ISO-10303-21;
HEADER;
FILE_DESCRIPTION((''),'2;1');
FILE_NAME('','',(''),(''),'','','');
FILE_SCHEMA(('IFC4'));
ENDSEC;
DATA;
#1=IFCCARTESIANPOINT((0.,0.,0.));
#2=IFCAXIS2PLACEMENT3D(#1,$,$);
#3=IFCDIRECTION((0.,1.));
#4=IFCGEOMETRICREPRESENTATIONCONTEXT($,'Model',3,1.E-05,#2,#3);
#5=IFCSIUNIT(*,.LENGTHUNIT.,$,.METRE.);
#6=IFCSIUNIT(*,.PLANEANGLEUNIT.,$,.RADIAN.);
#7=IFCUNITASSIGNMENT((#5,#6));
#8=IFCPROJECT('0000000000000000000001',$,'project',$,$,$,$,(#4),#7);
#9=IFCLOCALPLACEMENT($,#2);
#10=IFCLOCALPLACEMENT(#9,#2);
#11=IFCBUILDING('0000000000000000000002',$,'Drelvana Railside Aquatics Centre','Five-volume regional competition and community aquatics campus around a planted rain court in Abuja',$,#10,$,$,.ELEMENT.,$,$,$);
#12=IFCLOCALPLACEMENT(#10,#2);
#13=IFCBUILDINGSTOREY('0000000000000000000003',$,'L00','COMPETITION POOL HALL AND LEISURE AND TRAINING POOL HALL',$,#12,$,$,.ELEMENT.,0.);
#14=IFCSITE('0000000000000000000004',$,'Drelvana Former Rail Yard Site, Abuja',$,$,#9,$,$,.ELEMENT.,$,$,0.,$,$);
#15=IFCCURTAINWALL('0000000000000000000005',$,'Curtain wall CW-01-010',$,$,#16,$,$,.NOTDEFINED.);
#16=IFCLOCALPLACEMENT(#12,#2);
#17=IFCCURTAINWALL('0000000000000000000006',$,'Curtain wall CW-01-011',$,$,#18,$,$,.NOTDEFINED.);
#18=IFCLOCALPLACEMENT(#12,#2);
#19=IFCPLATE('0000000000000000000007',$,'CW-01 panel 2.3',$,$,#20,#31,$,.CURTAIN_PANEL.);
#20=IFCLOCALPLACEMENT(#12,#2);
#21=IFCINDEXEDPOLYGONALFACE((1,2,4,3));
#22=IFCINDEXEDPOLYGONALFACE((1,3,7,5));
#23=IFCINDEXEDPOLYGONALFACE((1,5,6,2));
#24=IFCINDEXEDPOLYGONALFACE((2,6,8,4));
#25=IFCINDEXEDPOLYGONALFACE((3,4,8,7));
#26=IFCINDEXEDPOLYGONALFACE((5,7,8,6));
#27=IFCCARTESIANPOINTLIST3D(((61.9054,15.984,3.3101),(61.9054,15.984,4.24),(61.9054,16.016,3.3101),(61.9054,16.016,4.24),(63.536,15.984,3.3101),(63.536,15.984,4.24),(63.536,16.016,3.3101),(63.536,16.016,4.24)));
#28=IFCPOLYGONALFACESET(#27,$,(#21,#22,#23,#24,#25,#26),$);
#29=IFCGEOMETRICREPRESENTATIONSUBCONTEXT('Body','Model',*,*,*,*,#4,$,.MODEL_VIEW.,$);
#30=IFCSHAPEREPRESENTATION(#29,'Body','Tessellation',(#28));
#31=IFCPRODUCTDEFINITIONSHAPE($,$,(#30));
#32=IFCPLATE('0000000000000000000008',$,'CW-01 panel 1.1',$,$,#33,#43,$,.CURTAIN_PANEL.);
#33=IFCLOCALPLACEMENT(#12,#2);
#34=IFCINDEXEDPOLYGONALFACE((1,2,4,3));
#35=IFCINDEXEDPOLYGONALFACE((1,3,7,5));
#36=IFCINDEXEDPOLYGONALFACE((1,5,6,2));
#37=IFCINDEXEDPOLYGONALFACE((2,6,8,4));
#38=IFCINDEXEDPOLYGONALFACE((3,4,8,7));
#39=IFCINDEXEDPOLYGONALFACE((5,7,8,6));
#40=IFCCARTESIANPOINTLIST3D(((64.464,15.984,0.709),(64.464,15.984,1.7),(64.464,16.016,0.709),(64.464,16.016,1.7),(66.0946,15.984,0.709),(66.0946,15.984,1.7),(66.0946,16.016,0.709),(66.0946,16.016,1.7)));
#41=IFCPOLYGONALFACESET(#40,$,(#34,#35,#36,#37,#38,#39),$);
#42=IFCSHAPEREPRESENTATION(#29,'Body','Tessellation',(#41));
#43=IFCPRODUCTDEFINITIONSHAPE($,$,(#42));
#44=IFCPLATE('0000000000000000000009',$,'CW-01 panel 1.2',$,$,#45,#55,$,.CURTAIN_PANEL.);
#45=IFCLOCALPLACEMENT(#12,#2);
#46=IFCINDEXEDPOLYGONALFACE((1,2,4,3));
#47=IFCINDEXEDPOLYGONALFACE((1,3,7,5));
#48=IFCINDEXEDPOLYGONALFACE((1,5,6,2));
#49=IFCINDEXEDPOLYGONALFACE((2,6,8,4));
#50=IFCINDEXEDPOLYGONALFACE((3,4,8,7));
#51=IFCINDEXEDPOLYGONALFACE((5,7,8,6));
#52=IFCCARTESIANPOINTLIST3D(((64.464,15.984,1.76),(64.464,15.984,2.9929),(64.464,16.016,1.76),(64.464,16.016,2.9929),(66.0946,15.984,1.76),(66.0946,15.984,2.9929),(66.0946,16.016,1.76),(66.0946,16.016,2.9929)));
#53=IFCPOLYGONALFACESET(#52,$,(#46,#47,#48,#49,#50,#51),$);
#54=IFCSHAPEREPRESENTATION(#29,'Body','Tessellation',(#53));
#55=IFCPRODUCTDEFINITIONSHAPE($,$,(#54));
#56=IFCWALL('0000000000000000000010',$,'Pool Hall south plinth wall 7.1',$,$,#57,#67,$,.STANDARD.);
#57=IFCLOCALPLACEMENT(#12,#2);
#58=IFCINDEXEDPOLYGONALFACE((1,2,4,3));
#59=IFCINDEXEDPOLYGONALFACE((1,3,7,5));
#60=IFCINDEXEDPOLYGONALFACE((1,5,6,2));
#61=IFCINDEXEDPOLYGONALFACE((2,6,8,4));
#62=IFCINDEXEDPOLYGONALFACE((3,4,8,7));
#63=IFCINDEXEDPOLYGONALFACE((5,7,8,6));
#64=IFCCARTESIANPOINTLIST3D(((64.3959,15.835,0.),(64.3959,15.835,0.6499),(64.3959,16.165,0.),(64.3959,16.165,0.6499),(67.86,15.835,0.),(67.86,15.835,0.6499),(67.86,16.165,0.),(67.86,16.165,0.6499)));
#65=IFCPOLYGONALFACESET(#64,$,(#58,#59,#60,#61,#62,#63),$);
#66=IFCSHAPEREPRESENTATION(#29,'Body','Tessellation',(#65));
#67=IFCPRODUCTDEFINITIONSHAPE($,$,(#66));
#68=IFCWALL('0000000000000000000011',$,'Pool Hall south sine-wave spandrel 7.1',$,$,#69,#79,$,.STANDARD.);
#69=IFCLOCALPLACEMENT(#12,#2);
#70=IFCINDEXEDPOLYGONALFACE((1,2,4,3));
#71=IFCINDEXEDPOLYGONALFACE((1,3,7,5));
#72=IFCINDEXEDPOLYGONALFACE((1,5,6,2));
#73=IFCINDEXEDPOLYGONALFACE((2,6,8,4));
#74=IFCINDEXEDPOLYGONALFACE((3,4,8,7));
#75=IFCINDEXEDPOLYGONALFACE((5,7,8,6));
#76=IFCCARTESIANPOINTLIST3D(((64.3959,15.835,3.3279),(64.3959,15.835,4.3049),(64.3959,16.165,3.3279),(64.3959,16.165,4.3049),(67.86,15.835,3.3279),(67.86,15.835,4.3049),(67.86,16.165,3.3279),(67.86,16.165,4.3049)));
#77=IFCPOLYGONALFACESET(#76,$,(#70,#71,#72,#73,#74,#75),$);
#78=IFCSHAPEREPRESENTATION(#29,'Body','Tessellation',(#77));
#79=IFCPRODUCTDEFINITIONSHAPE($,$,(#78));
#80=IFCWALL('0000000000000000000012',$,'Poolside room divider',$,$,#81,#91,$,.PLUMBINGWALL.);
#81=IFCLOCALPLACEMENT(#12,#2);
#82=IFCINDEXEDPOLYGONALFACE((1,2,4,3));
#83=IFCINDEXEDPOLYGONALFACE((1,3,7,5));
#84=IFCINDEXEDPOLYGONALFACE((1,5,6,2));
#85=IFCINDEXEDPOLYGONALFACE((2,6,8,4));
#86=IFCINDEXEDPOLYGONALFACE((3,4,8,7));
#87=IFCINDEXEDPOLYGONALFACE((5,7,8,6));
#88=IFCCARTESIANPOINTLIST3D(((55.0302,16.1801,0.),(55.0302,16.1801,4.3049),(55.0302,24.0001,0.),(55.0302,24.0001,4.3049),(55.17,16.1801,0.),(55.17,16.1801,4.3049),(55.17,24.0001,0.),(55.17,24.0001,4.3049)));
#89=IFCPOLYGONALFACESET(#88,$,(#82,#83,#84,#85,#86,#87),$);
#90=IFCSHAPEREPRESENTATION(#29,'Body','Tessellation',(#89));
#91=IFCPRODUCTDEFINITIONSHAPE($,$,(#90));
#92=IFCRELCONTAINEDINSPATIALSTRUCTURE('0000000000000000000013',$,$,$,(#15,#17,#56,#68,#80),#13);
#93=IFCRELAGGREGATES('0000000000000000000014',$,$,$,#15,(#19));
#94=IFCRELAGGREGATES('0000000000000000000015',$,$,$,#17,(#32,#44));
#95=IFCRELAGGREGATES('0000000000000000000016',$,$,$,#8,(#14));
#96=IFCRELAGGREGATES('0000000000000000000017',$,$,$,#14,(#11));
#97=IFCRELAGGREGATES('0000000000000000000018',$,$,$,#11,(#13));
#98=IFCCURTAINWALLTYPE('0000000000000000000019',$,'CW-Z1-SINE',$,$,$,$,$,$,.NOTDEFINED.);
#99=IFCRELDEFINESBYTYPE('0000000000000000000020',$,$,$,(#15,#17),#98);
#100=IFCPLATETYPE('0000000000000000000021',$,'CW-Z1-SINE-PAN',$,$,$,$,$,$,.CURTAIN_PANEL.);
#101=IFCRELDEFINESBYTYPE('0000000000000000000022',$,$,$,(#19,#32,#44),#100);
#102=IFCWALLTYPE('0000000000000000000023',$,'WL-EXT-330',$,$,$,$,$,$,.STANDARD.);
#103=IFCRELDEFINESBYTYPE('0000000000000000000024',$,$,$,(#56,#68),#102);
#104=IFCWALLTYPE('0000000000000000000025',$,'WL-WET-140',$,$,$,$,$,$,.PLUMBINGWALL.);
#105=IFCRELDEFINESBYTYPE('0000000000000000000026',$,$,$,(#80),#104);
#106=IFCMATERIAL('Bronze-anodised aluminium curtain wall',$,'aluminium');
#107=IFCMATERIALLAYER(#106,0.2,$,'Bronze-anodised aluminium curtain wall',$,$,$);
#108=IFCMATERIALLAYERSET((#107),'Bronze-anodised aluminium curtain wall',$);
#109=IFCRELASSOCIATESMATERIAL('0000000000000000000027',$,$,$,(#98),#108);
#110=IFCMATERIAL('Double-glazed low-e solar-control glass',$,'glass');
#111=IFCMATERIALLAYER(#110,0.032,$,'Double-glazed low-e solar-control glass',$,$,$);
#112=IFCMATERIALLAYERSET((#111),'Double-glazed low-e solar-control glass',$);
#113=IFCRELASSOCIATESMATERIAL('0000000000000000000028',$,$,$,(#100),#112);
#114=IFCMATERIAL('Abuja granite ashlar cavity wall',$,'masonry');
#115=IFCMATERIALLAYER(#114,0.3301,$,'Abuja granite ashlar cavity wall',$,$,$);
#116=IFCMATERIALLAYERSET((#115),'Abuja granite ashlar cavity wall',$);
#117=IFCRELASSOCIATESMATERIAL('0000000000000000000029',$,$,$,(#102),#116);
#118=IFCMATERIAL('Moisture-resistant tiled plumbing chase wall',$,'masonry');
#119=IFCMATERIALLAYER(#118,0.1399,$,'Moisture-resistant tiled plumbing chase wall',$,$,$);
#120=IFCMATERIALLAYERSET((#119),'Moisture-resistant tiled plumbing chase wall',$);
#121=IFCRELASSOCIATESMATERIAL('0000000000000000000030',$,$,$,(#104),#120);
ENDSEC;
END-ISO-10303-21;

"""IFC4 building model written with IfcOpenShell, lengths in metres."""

from ifc_helpers import new_model, si_unit, direction, frame, frame_2d, origin, origin_2d, place, context, subcontext, project, spatial, rectangle, extrude, material, layer, layer_set, type_object, element, aggregate, save


model = new_model("IFC4")

# Units and contexts
model_context = context("Model", 3, precision=1e-05, world=origin(), true_north=direction((0.0, 1.0)))
body_context = subcontext(model_context, "Body", "Model", "MODEL_VIEW")
ifc_project = project(units=[si_unit("LENGTHUNIT", "METRE"), si_unit("PLANEANGLEUNIT", "RADIAN")], contexts=[model_context])

# Site, building, storey
site_placement = place(None, origin())
site = spatial("IfcSite", under=ifc_project, at=site_placement, Name="Drelvana Former Rail Yard Site, Abuja", CompositionType="ELEMENT", RefElevation=0.0)
building_placement = place(site_placement, origin())
building = spatial("IfcBuilding", under=site, at=building_placement, Name="Drelvana Railside Aquatics Centre", Description="Five-volume regional competition and community aquatics campus around a planted rain court in Abuja", CompositionType="ELEMENT")
storey_placement = place(building_placement, origin())
storey = spatial("IfcBuildingStorey", under=building, at=storey_placement, Name="L00", Description="COMPETITION POOL HALL AND LEISURE AND TRAINING POOL HALL", CompositionType="ELEMENT", Elevation=0.0)

# Curtain walls
ifc_material_1 = material(Name="Bronze-anodised aluminium curtain wall", Category="aluminium")
ifc_layer_1 = layer(ifc_material_1, 0.2, Name="Bronze-anodised aluminium curtain wall")
ifc_layer_set_1 = layer_set([ifc_layer_1], Name="Bronze-anodised aluminium curtain wall")
curtain_wall_type = type_object("IfcCurtainWallType", Name="CW-Z1-SINE", PredefinedType="NOTDEFINED", material=ifc_layer_set_1)
curtain_wall_1_placement = place(storey_placement, origin())
curtain_wall_1 = element("IfcCurtainWall", 1, at=curtain_wall_1_placement, inside=storey, type_object=curtain_wall_type, Name="Curtain wall CW-01-010", PredefinedType="NOTDEFINED")
curtain_wall_2_placement = place(storey_placement, origin())
curtain_wall_2 = element("IfcCurtainWall", 2, at=curtain_wall_2_placement, inside=storey, type_object=curtain_wall_type, Name="Curtain wall CW-01-011", PredefinedType="NOTDEFINED")

# Plates
ifc_material_2 = material(Name="Double-glazed low-e solar-control glass", Category="glass")
ifc_layer_2 = layer(ifc_material_2, 0.032, Name="Double-glazed low-e solar-control glass")
ifc_layer_set_2 = layer_set([ifc_layer_2], Name="Double-glazed low-e solar-control glass")
plate_type = type_object("IfcPlateType", Name="CW-Z1-SINE-PAN", PredefinedType="CURTAIN_PANEL", material=ifc_layer_set_2)
plate_1_placement = place(storey_placement, frame((62.7207, 16.0, 3.3101), z_axis=(0.0, 0.0, 1.0), x_axis=(1.0, 0.0, 0.0)))
plate_1 = element("IfcPlate", 3, at=plate_1_placement, type_object=plate_type, Name="CW-01 panel 2.3", PredefinedType="CURTAIN_PANEL", context=body_context, shape_type="SweptSolid", body=[
    extrude(rectangle(XDim=1.6306, YDim=0.032, at=origin_2d()), origin(), (0.0, 0.0, 1.0), 0.9299),
])
aggregate(curtain_wall_1, [plate_1])
plate_2_placement = place(storey_placement, frame((65.2793, 16.0, 0.709), z_axis=(0.0, 0.0, 1.0), x_axis=(1.0, 0.0, 0.0)))
plate_2 = element("IfcPlate", 4, at=plate_2_placement, type_object=plate_type, Name="CW-01 panel 1.1", PredefinedType="CURTAIN_PANEL", context=body_context, shape_type="SweptSolid", body=[
    extrude(rectangle(XDim=1.6306, YDim=0.032, at=origin_2d()), origin(), (0.0, 0.0, 1.0), 0.991),
])
plate_3_placement = place(storey_placement, frame((65.2793, 16.0, 1.76), z_axis=(0.0, 0.0, 1.0), x_axis=(1.0, 0.0, 0.0)))
plate_3 = element("IfcPlate", 5, at=plate_3_placement, type_object=plate_type, Name="CW-01 panel 1.2", PredefinedType="CURTAIN_PANEL", context=body_context, shape_type="SweptSolid", body=[
    extrude(rectangle(XDim=1.6306, YDim=0.032, at=origin_2d()), origin(), (0.0, 0.0, 1.0), 1.2329),
])
aggregate(curtain_wall_2, [plate_2, plate_3])

# Walls
ifc_material_3 = material(Name="Abuja granite ashlar cavity wall", Category="masonry")
ifc_layer_3 = layer(ifc_material_3, 0.3301, Name="Abuja granite ashlar cavity wall")
ifc_layer_set_3 = layer_set([ifc_layer_3], Name="Abuja granite ashlar cavity wall")
wall_type_1 = type_object("IfcWallType", Name="WL-EXT-330", PredefinedType="STANDARD", material=ifc_layer_set_3)
wall_1_placement = place(storey_placement, frame((64.396, 16.0, 0.0), z_axis=(0.0, 0.0, 1.0), x_axis=(1.0, 0.0, 0.0)))
element("IfcWall", 6, at=wall_1_placement, inside=storey, type_object=wall_type_1, Name="Pool Hall south plinth wall 7.1", PredefinedType="STANDARD", context=body_context, shape_type="SweptSolid", body=[
    extrude(rectangle(XDim=3.4641, YDim=0.3301, at=frame_2d((1.7319, 0.0))), origin(), (0.0, 0.0, 1.0), 0.6499),
])
wall_2_placement = place(storey_placement, frame((64.396, 16.0, 3.3279), z_axis=(0.0, 0.0, 1.0), x_axis=(1.0, 0.0, 0.0)))
element("IfcWall", 7, at=wall_2_placement, inside=storey, type_object=wall_type_1, Name="Pool Hall south sine-wave spandrel 7.1", PredefinedType="STANDARD", context=body_context, shape_type="SweptSolid", body=[
    extrude(rectangle(XDim=3.4641, YDim=0.3301, at=frame_2d((1.7319, 0.0))), origin(), (0.0, 0.0, 1.0), 0.9771),
])
ifc_material_4 = material(Name="Moisture-resistant tiled plumbing chase wall", Category="masonry")
ifc_layer_4 = layer(ifc_material_4, 0.1399, Name="Moisture-resistant tiled plumbing chase wall")
ifc_layer_set_4 = layer_set([ifc_layer_4], Name="Moisture-resistant tiled plumbing chase wall")
wall_type_2 = type_object("IfcWallType", Name="WL-WET-140", PredefinedType="PLUMBINGWALL", material=ifc_layer_set_4)
wall_3_placement = place(storey_placement, frame((55.1001, 16.1799, 0.0), z_axis=(0.0, 0.0, 1.0), x_axis=(0.0, 1.0, 0.0)))
element("IfcWall", 8, at=wall_3_placement, inside=storey, type_object=wall_type_2, Name="Poolside room divider", PredefinedType="PLUMBINGWALL", context=body_context, shape_type="SweptSolid", body=[
    extrude(rectangle(XDim=7.8201, YDim=0.1399, at=frame_2d((3.9102, 0.0))), origin(), (0.0, 0.0, 1.0), 4.3049),
])

save(model, "model.ifc")
